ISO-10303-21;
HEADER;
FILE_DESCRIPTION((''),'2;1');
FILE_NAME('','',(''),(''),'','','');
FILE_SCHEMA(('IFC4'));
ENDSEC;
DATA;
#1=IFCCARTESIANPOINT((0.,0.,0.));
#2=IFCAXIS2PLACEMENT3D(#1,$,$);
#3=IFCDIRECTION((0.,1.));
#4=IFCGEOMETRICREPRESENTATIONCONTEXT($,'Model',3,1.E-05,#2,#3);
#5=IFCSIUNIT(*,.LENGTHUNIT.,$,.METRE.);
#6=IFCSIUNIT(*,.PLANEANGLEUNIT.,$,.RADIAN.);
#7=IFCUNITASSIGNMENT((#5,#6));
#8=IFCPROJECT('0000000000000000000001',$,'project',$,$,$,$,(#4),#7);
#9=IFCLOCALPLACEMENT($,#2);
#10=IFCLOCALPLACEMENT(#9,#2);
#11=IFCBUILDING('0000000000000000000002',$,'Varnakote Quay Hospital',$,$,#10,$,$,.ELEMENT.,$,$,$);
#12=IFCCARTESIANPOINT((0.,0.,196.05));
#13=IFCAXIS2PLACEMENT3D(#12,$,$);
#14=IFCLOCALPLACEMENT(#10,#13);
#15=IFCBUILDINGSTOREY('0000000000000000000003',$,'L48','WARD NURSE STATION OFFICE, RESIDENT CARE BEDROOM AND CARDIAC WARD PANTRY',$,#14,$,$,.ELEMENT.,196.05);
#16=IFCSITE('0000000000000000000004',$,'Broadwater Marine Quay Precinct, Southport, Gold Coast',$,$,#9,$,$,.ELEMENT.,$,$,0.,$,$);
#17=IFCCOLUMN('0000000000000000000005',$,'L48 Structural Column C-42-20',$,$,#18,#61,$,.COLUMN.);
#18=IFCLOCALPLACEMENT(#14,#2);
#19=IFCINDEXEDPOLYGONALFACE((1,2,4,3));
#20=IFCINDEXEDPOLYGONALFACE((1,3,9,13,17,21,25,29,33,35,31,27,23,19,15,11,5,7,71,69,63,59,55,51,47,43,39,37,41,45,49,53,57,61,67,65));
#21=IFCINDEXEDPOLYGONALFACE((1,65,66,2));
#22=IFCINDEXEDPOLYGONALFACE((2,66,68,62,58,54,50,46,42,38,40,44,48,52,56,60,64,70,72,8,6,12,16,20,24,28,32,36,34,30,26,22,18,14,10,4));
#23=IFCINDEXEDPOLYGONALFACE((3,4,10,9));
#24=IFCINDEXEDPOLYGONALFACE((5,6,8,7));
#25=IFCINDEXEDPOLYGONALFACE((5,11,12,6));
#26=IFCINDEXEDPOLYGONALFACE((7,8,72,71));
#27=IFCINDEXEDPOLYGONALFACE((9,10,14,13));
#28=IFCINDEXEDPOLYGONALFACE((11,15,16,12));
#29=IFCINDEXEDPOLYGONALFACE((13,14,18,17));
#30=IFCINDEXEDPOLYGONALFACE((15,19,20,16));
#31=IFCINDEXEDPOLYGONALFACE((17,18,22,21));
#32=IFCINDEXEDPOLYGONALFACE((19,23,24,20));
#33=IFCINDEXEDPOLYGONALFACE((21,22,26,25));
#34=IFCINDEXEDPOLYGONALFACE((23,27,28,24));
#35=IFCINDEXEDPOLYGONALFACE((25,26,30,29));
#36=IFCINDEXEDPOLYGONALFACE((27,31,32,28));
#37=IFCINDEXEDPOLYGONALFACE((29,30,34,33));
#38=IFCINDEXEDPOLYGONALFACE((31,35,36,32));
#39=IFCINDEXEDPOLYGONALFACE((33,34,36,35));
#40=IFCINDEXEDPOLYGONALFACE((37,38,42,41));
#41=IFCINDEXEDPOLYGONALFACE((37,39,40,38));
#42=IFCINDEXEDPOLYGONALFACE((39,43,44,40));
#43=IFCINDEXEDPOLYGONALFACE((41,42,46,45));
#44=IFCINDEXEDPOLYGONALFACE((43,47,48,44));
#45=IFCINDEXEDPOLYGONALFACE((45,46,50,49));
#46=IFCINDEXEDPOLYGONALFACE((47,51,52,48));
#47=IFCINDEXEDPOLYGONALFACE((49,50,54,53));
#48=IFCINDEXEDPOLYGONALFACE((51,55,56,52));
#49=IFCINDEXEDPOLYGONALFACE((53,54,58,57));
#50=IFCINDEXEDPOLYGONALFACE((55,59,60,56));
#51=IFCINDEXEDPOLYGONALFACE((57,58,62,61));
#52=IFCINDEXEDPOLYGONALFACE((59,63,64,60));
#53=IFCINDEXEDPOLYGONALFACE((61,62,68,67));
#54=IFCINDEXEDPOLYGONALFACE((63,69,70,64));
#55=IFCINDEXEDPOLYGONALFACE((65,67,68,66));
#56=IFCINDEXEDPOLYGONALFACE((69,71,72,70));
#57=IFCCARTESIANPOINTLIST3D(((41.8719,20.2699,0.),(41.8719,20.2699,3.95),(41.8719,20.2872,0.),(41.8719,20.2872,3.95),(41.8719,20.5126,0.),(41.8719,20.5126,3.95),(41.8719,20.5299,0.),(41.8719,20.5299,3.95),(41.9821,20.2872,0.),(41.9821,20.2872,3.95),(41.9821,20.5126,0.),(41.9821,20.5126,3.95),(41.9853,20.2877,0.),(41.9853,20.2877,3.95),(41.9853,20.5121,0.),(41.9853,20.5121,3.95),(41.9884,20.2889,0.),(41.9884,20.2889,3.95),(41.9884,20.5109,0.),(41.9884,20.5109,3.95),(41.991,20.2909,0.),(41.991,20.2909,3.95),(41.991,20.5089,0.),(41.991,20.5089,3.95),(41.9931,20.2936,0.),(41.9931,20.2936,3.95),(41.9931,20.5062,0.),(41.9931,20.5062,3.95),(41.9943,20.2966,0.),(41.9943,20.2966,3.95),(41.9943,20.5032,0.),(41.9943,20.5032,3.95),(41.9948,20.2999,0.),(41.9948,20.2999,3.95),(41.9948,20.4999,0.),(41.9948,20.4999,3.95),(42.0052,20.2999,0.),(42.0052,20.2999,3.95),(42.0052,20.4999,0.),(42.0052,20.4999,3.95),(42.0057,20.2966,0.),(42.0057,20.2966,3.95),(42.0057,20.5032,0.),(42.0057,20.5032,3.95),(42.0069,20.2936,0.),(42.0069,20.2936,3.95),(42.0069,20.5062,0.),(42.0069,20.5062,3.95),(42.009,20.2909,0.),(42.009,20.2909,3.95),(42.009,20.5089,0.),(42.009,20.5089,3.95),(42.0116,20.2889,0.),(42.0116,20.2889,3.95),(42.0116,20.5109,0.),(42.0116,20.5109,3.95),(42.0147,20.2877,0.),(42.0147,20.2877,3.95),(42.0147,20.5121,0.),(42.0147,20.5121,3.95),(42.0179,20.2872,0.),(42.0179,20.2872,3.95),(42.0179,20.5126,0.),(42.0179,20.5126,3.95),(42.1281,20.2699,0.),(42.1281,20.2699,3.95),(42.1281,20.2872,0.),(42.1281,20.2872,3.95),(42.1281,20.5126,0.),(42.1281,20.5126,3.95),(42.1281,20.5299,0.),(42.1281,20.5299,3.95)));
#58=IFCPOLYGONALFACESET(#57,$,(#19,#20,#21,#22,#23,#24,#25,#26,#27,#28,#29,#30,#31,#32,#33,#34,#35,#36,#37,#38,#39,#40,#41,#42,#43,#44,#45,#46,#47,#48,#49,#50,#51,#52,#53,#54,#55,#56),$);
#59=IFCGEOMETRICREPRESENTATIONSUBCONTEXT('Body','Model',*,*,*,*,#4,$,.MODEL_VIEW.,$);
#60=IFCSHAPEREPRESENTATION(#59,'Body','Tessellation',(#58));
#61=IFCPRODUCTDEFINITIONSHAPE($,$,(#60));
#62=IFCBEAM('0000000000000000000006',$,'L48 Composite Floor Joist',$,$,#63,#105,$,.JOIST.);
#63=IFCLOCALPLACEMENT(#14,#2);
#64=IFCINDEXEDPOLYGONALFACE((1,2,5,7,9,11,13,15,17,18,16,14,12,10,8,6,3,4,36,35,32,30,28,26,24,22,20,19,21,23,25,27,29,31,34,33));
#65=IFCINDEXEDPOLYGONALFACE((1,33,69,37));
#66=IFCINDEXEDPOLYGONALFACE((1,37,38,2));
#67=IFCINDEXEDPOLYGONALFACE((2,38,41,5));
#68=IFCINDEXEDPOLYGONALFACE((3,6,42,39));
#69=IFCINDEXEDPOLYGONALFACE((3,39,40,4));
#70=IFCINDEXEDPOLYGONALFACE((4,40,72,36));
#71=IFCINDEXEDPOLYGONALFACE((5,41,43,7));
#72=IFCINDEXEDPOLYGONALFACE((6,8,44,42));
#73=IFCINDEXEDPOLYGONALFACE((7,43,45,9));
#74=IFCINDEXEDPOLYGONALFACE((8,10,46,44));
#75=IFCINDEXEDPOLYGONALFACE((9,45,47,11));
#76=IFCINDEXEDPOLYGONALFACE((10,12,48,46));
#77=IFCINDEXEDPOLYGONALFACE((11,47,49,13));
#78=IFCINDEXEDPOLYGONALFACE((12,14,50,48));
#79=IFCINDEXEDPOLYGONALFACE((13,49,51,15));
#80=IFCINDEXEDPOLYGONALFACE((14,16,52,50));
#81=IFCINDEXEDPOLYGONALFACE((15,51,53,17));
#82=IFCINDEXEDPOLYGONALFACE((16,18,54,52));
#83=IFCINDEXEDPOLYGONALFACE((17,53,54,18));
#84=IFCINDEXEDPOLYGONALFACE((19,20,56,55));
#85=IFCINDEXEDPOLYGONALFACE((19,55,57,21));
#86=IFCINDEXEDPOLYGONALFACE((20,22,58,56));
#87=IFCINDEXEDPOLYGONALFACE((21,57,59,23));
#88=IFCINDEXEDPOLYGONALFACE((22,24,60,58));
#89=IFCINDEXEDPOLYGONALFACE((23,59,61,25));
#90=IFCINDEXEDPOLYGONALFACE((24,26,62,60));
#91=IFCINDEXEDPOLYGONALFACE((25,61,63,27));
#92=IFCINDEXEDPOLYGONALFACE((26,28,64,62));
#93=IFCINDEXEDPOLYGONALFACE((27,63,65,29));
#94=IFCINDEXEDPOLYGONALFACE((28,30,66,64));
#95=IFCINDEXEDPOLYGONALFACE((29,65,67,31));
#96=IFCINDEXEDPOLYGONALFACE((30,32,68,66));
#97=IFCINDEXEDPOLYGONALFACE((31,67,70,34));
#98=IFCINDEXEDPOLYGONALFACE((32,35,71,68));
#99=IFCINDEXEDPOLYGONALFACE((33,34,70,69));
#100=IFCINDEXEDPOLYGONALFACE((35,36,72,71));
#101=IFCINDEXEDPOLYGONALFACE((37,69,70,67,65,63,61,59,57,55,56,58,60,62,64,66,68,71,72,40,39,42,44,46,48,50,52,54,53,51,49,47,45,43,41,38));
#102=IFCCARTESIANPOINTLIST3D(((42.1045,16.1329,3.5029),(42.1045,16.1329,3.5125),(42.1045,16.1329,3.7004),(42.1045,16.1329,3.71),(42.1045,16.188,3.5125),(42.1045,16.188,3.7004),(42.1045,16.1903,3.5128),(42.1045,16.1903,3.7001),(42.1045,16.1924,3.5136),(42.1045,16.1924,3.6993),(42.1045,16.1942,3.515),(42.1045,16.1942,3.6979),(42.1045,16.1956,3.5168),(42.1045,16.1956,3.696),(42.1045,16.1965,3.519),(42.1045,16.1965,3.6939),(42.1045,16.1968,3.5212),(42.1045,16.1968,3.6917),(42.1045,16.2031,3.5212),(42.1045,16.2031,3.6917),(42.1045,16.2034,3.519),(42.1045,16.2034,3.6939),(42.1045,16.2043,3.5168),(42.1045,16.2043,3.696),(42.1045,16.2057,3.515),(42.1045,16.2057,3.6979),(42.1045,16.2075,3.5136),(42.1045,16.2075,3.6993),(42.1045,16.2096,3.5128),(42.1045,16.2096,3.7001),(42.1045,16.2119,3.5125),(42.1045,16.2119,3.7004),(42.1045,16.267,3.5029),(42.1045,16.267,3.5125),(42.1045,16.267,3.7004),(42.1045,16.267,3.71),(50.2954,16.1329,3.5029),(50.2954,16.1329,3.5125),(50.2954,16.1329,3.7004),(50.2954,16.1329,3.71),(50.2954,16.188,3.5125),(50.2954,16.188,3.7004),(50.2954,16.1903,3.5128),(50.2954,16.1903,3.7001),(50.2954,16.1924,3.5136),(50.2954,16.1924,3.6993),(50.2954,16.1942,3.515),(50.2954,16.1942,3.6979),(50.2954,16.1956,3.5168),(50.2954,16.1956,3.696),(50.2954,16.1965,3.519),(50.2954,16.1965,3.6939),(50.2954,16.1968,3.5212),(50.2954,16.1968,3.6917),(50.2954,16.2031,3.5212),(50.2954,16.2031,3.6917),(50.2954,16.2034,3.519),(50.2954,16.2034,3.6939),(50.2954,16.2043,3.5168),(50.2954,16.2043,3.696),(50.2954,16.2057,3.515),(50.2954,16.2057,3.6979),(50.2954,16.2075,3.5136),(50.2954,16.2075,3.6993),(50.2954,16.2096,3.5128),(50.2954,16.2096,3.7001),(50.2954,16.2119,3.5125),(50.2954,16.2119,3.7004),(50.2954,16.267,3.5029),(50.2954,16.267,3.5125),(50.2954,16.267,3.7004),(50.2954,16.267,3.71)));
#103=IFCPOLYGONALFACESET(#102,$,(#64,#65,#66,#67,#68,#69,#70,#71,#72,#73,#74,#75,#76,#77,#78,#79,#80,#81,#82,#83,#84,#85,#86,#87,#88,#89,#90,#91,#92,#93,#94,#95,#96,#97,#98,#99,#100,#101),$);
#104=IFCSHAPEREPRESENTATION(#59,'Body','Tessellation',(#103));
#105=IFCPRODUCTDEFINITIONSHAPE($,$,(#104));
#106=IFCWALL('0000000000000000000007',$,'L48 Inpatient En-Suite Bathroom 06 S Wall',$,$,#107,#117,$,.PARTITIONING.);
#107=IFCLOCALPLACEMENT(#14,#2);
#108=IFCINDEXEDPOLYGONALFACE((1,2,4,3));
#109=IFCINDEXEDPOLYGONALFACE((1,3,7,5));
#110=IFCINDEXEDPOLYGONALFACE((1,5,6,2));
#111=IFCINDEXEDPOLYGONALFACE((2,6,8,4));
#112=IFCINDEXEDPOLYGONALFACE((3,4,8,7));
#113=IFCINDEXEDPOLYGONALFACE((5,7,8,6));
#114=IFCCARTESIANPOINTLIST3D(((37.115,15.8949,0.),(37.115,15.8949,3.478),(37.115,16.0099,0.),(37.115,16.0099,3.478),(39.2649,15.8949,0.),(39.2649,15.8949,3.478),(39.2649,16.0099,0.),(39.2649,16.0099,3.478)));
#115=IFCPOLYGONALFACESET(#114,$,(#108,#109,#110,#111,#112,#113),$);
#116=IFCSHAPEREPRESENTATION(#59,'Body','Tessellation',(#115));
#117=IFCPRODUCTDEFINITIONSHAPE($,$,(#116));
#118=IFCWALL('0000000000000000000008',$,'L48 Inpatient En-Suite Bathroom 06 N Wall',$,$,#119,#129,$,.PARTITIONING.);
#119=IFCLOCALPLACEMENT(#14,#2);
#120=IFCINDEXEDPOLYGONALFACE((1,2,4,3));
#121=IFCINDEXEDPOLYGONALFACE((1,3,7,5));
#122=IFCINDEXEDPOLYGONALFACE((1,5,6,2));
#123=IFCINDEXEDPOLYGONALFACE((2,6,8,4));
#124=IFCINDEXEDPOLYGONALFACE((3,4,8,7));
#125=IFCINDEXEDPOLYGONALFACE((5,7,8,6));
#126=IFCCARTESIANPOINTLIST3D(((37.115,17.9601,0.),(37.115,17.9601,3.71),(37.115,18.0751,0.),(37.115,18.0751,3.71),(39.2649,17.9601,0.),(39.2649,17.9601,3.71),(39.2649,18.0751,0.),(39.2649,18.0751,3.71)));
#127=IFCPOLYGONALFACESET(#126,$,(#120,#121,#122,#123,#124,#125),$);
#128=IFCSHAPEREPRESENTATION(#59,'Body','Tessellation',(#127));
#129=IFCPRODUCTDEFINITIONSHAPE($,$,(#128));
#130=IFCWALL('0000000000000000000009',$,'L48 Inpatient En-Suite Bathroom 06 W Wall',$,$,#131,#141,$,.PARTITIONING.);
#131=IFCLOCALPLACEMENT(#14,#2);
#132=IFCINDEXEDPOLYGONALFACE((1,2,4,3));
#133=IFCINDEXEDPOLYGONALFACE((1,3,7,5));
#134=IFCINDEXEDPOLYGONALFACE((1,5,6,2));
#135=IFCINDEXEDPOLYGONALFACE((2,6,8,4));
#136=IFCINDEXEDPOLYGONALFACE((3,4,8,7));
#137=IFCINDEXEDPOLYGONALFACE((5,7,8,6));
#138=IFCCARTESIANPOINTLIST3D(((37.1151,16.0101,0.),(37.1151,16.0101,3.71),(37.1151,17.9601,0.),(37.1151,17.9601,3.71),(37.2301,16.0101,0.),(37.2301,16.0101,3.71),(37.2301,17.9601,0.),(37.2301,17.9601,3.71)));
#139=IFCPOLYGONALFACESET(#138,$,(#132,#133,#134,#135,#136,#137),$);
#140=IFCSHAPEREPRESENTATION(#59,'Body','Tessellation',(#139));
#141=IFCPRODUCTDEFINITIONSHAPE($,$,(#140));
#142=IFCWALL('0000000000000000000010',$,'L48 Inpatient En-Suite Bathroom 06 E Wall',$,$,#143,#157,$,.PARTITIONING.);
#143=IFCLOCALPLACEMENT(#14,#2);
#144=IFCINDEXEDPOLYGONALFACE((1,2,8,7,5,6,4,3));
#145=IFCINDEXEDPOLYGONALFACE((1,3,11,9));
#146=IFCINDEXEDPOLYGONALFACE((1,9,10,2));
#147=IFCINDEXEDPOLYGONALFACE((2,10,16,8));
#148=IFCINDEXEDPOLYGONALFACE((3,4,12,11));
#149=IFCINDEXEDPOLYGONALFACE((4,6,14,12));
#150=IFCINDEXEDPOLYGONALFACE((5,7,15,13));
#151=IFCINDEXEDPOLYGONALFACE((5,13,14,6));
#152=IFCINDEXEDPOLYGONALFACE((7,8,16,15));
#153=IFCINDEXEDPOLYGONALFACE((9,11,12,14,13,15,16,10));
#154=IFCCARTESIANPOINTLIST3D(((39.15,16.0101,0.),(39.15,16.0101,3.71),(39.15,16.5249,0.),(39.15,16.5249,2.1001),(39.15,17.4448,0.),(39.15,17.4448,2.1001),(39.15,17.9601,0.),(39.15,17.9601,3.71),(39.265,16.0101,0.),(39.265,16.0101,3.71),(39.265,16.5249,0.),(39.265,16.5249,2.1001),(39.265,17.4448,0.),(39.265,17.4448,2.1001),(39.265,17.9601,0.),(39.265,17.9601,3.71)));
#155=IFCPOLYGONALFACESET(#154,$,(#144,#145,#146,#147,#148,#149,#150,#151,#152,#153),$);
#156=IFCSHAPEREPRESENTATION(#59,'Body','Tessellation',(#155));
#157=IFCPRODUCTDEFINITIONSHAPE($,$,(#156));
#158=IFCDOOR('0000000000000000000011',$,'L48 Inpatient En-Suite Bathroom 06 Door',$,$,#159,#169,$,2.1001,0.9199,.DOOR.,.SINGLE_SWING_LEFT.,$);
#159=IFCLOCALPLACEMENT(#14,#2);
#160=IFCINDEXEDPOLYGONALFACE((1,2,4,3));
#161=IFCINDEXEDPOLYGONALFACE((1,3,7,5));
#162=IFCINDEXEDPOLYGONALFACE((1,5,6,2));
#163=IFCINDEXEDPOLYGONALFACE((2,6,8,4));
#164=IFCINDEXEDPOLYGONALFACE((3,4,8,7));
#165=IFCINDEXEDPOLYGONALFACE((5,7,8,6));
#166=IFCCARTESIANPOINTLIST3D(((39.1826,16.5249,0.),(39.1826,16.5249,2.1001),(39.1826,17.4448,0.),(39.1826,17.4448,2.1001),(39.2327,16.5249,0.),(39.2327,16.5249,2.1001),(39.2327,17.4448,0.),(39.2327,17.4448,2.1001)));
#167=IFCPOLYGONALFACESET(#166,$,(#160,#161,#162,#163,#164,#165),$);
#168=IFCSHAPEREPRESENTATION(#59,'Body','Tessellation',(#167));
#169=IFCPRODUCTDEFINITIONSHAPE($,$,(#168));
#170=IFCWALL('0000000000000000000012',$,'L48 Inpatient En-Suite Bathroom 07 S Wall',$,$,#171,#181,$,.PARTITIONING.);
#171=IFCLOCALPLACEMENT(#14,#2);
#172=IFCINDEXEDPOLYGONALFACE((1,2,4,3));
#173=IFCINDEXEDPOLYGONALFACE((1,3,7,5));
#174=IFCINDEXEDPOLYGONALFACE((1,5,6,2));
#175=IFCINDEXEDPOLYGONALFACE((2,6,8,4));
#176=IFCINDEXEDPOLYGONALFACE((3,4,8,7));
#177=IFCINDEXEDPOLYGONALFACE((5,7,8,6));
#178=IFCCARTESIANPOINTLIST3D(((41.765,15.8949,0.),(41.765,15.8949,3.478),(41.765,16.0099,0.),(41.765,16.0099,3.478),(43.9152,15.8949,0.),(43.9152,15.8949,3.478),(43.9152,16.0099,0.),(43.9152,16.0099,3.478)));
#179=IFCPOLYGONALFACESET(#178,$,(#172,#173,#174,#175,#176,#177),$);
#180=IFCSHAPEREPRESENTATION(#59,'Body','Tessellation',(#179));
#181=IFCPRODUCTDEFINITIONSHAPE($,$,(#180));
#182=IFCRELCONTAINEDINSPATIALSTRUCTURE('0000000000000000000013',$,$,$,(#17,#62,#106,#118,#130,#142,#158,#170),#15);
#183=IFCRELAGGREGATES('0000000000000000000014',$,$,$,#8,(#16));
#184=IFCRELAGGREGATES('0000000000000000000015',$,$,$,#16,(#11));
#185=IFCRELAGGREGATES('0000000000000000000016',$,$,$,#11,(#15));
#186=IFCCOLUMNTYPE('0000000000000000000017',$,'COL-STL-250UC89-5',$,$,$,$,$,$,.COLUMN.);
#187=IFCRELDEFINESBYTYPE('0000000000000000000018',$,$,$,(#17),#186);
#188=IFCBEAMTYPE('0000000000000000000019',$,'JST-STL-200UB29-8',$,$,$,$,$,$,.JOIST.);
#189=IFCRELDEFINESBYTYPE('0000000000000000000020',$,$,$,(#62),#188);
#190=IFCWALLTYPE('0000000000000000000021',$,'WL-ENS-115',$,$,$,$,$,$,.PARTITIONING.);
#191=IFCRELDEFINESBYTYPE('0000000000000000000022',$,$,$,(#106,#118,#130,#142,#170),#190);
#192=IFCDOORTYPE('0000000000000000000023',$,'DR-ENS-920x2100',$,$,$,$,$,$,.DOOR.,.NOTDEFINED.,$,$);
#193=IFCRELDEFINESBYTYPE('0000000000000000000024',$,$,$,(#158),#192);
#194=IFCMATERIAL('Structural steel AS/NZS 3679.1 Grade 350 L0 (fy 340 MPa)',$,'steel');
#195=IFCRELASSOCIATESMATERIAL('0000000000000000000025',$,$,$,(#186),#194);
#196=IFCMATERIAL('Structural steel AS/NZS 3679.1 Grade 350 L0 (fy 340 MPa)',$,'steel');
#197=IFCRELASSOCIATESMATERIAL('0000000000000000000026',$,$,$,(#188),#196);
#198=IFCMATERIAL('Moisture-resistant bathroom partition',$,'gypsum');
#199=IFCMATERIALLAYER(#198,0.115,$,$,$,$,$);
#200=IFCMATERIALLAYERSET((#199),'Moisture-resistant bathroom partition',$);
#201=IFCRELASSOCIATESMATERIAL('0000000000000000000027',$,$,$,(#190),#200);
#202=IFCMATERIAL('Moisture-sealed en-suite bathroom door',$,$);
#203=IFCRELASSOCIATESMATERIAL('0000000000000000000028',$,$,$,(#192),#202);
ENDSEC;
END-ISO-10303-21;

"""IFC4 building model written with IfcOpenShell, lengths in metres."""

from ifc_helpers import new_model, si_unit, direction, frame, frame_2d, origin, origin_2d, place, context, subcontext, project, spatial, rectangle, i_section, extrude, material, layer, layer_set, material_profile, profile_set, type_object, element, fill, save


model = new_model("IFC4")

# Units and contexts
model_context = context("Model", 3, precision=1e-05, world=origin(), true_north=direction((0.0, 1.0)))
body_context = subcontext(model_context, "Body", "Model", "MODEL_VIEW")
ifc_project = project(units=[si_unit("LENGTHUNIT", "METRE"), si_unit("PLANEANGLEUNIT", "RADIAN")], contexts=[model_context])

# Site, building, storey
site_placement = place(None, origin())
site = spatial("IfcSite", under=ifc_project, at=site_placement, Name="Broadwater Marine Quay Precinct, Southport, Gold Coast", CompositionType="ELEMENT", RefElevation=0.0)
building_placement = place(site_placement, origin())
building = spatial("IfcBuilding", under=site, at=building_placement, Name="Varnakote Quay Hospital", CompositionType="ELEMENT")
storey_placement = place(building_placement, frame((0.0, 0.0, 196.05)))
storey = spatial("IfcBuildingStorey", under=building, at=storey_placement, Name="L48", Description="WARD NURSE STATION OFFICE, RESIDENT CARE BEDROOM AND CARDIAC WARD PANTRY", CompositionType="ELEMENT", Elevation=196.05)

# Column
ifc_material_1 = material(Name="Structural steel AS/NZS 3679.1 Grade 350 L0 (fy 340 MPa)", Category="steel")
ifc_material_profile_1 = material_profile(ifc_material_1, i_section(OverallWidth=0.2561, OverallDepth=0.26, WebThickness=0.0105, FlangeThickness=0.0173, FilletRadius=0.0127, at=origin_2d()), Name="250UC89.5")
ifc_profile_set_1 = profile_set([ifc_material_profile_1], Name="Structural steel AS/NZS 3679.1 Grade 350 L0 (fy 340 MPa)")
column_type = type_object("IfcColumnType", Name="COL-STL-250UC89-5", PredefinedType="COLUMN", material=ifc_profile_set_1)
column_placement = place(storey_placement, frame((42.0, 20.3999, 0.0), z_axis=(0.0, 0.0, 1.0), x_axis=(1.0, 0.0, 0.0)))
element("IfcColumn", 1, at=column_placement, inside=storey, type_object=column_type, Name="L48 Structural Column C-42-20", PredefinedType="COLUMN", context=body_context, shape_type="SweptSolid", body=[
    extrude(i_section(OverallWidth=0.2561, OverallDepth=0.26, WebThickness=0.0105, FlangeThickness=0.0173, FilletRadius=0.0127, at=origin_2d()), origin(), (0.0, 0.0, 1.0), 3.95),
])

# Beam
ifc_material_2 = material(Name="Structural steel AS/NZS 3679.1 Grade 350 L0 (fy 340 MPa)", Category="steel")
ifc_material_profile_2 = material_profile(ifc_material_2, i_section(OverallWidth=0.134, OverallDepth=0.207, WebThickness=0.0063, FlangeThickness=0.0095, FilletRadius=0.0088, at=origin_2d()), Name="200UB29.8")
ifc_profile_set_2 = profile_set([ifc_material_profile_2], Name="Structural steel AS/NZS 3679.1 Grade 350 L0 (fy 340 MPa)")
beam_type = type_object("IfcBeamType", Name="JST-STL-200UB29-8", PredefinedType="JOIST", material=ifc_profile_set_2)
beam_placement = place(storey_placement, frame((42.1045, 16.2, 3.6064), z_axis=(1.0, 0.0, 0.0), x_axis=(0.0, 1.0, 0.0)))
element("IfcBeam", 2, at=beam_placement, inside=storey, type_object=beam_type, Name="L48 Composite Floor Joist", PredefinedType="JOIST", context=body_context, shape_type="SweptSolid", body=[
    extrude(i_section(OverallWidth=0.134, OverallDepth=0.207, WebThickness=0.0063, FlangeThickness=0.0095, FilletRadius=0.0088, at=origin_2d()), origin(), (0.0, 0.0, 1.0), 8.1909),
])

# Walls
ifc_material_3 = material(Name="Moisture-resistant bathroom partition", Category="gypsum")
ifc_layer_1 = layer(ifc_material_3, 0.115)
ifc_layer_set_1 = layer_set([ifc_layer_1], Name="Moisture-resistant bathroom partition")
wall_type_1 = type_object("IfcWallType", Name="WL-ENS-115", PredefinedType="PARTITIONING", material=ifc_layer_set_1)
wall_1_placement = place(storey_placement, frame((37.115, 15.9524, 0.0), z_axis=(0.0, 0.0, 1.0), x_axis=(1.0, 0.0, 0.0)))
element("IfcWall", 3, at=wall_1_placement, inside=storey, type_object=wall_type_1, Name="L48 Inpatient En-Suite Bathroom 06 S Wall", PredefinedType="PARTITIONING", context=body_context, shape_type="SweptSolid", body=[
    extrude(rectangle(XDim=2.1499, YDim=0.115, at=frame_2d((1.075, 0.0))), origin(), (0.0, 0.0, 1.0), 3.478),
])
wall_2_placement = place(storey_placement, frame((37.115, 18.0176, 0.0), z_axis=(0.0, 0.0, 1.0), x_axis=(1.0, 0.0, 0.0)))
element("IfcWall", 4, at=wall_2_placement, inside=storey, type_object=wall_type_1, Name="L48 Inpatient En-Suite Bathroom 06 N Wall", PredefinedType="PARTITIONING", context=body_context, shape_type="SweptSolid", body=[
    extrude(rectangle(XDim=2.1499, YDim=0.115, at=frame_2d((1.075, 0.0))), origin(), (0.0, 0.0, 1.0), 3.71),
])
wall_3_placement = place(storey_placement, frame((37.1726, 16.01, 0.0), z_axis=(0.0, 0.0, 1.0), x_axis=(0.0, 1.0, 0.0)))
element("IfcWall", 5, at=wall_3_placement, inside=storey, type_object=wall_type_1, Name="L48 Inpatient En-Suite Bathroom 06 W Wall", PredefinedType="PARTITIONING", context=body_context, shape_type="SweptSolid", body=[
    extrude(rectangle(XDim=1.95, YDim=0.115, at=frame_2d((0.9751, 0.0))), origin(), (0.0, 0.0, 1.0), 3.71),
])

# Wall, opening, door
wall_4_placement = place(storey_placement, frame((39.2075, 16.01, 0.0), z_axis=(0.0, 0.0, 1.0), x_axis=(0.0, 1.0, 0.0)))
wall_4 = element("IfcWall", 6, at=wall_4_placement, inside=storey, type_object=wall_type_1, Name="L48 Inpatient En-Suite Bathroom 06 E Wall", PredefinedType="PARTITIONING", context=body_context, shape_type="SweptSolid", body=[
    extrude(rectangle(XDim=1.95, YDim=0.115, at=frame_2d((0.9751, 0.0))), origin(), (0.0, 0.0, 1.0), 3.71),
])
opening_1_placement = place(wall_4_placement, frame((0.5149, 0.0, 0.0)))
opening_1 = element("IfcOpeningElement", 7, at=opening_1_placement, cuts=wall_4, PredefinedType="OPENING", context=body_context, shape_type="SweptSolid", body=[
    extrude(rectangle(XDim=0.9199, YDim=2.1001, at=frame_2d((0.46, 1.05))), frame((0.0, 0.0674, 0.0), z_axis=(0.0, -1.0, 0.0), x_axis=(1.0, 0.0, 0.0)), (0.0, 0.0, 1.0), 0.135),
])
ifc_material_4 = material(Name="Moisture-sealed en-suite bathroom door")
door_type_1 = type_object("IfcDoorType", Name="DR-ENS-920x2100", OperationType="NOTDEFINED", PredefinedType="DOOR", material=ifc_material_4)
door_1_placement = place(opening_1_placement, origin())
door_1 = element("IfcDoor", 8, at=door_1_placement, inside=storey, type_object=door_type_1, Name="L48 Inpatient En-Suite Bathroom 06 Door", OperationType="SINGLE_SWING_LEFT", OverallHeight=2.1001, OverallWidth=0.9199, PredefinedType="DOOR", context=body_context, shape_type="SweptSolid", body=[
    extrude(rectangle(XDim=0.9199, YDim=2.1001, at=frame_2d((0.46, 1.05))), frame((0.0, 0.0249, 0.0), z_axis=(0.0, -1.0, 0.0), x_axis=(1.0, 0.0, 0.0)), (0.0, 0.0, 1.0), 0.05),
])
fill(opening_1, door_1)

# Wall
wall_5_placement = place(storey_placement, frame((41.7649, 15.9524, 0.0), z_axis=(0.0, 0.0, 1.0), x_axis=(1.0, 0.0, 0.0)))
element("IfcWall", 9, at=wall_5_placement, inside=storey, type_object=wall_type_1, Name="L48 Inpatient En-Suite Bathroom 07 S Wall", PredefinedType="PARTITIONING", context=body_context, shape_type="SweptSolid", body=[
    extrude(rectangle(XDim=2.1501, YDim=0.115, at=frame_2d((1.0752, 0.0))), origin(), (0.0, 0.0, 1.0), 3.478),
])

save(model, "model.ifc")
